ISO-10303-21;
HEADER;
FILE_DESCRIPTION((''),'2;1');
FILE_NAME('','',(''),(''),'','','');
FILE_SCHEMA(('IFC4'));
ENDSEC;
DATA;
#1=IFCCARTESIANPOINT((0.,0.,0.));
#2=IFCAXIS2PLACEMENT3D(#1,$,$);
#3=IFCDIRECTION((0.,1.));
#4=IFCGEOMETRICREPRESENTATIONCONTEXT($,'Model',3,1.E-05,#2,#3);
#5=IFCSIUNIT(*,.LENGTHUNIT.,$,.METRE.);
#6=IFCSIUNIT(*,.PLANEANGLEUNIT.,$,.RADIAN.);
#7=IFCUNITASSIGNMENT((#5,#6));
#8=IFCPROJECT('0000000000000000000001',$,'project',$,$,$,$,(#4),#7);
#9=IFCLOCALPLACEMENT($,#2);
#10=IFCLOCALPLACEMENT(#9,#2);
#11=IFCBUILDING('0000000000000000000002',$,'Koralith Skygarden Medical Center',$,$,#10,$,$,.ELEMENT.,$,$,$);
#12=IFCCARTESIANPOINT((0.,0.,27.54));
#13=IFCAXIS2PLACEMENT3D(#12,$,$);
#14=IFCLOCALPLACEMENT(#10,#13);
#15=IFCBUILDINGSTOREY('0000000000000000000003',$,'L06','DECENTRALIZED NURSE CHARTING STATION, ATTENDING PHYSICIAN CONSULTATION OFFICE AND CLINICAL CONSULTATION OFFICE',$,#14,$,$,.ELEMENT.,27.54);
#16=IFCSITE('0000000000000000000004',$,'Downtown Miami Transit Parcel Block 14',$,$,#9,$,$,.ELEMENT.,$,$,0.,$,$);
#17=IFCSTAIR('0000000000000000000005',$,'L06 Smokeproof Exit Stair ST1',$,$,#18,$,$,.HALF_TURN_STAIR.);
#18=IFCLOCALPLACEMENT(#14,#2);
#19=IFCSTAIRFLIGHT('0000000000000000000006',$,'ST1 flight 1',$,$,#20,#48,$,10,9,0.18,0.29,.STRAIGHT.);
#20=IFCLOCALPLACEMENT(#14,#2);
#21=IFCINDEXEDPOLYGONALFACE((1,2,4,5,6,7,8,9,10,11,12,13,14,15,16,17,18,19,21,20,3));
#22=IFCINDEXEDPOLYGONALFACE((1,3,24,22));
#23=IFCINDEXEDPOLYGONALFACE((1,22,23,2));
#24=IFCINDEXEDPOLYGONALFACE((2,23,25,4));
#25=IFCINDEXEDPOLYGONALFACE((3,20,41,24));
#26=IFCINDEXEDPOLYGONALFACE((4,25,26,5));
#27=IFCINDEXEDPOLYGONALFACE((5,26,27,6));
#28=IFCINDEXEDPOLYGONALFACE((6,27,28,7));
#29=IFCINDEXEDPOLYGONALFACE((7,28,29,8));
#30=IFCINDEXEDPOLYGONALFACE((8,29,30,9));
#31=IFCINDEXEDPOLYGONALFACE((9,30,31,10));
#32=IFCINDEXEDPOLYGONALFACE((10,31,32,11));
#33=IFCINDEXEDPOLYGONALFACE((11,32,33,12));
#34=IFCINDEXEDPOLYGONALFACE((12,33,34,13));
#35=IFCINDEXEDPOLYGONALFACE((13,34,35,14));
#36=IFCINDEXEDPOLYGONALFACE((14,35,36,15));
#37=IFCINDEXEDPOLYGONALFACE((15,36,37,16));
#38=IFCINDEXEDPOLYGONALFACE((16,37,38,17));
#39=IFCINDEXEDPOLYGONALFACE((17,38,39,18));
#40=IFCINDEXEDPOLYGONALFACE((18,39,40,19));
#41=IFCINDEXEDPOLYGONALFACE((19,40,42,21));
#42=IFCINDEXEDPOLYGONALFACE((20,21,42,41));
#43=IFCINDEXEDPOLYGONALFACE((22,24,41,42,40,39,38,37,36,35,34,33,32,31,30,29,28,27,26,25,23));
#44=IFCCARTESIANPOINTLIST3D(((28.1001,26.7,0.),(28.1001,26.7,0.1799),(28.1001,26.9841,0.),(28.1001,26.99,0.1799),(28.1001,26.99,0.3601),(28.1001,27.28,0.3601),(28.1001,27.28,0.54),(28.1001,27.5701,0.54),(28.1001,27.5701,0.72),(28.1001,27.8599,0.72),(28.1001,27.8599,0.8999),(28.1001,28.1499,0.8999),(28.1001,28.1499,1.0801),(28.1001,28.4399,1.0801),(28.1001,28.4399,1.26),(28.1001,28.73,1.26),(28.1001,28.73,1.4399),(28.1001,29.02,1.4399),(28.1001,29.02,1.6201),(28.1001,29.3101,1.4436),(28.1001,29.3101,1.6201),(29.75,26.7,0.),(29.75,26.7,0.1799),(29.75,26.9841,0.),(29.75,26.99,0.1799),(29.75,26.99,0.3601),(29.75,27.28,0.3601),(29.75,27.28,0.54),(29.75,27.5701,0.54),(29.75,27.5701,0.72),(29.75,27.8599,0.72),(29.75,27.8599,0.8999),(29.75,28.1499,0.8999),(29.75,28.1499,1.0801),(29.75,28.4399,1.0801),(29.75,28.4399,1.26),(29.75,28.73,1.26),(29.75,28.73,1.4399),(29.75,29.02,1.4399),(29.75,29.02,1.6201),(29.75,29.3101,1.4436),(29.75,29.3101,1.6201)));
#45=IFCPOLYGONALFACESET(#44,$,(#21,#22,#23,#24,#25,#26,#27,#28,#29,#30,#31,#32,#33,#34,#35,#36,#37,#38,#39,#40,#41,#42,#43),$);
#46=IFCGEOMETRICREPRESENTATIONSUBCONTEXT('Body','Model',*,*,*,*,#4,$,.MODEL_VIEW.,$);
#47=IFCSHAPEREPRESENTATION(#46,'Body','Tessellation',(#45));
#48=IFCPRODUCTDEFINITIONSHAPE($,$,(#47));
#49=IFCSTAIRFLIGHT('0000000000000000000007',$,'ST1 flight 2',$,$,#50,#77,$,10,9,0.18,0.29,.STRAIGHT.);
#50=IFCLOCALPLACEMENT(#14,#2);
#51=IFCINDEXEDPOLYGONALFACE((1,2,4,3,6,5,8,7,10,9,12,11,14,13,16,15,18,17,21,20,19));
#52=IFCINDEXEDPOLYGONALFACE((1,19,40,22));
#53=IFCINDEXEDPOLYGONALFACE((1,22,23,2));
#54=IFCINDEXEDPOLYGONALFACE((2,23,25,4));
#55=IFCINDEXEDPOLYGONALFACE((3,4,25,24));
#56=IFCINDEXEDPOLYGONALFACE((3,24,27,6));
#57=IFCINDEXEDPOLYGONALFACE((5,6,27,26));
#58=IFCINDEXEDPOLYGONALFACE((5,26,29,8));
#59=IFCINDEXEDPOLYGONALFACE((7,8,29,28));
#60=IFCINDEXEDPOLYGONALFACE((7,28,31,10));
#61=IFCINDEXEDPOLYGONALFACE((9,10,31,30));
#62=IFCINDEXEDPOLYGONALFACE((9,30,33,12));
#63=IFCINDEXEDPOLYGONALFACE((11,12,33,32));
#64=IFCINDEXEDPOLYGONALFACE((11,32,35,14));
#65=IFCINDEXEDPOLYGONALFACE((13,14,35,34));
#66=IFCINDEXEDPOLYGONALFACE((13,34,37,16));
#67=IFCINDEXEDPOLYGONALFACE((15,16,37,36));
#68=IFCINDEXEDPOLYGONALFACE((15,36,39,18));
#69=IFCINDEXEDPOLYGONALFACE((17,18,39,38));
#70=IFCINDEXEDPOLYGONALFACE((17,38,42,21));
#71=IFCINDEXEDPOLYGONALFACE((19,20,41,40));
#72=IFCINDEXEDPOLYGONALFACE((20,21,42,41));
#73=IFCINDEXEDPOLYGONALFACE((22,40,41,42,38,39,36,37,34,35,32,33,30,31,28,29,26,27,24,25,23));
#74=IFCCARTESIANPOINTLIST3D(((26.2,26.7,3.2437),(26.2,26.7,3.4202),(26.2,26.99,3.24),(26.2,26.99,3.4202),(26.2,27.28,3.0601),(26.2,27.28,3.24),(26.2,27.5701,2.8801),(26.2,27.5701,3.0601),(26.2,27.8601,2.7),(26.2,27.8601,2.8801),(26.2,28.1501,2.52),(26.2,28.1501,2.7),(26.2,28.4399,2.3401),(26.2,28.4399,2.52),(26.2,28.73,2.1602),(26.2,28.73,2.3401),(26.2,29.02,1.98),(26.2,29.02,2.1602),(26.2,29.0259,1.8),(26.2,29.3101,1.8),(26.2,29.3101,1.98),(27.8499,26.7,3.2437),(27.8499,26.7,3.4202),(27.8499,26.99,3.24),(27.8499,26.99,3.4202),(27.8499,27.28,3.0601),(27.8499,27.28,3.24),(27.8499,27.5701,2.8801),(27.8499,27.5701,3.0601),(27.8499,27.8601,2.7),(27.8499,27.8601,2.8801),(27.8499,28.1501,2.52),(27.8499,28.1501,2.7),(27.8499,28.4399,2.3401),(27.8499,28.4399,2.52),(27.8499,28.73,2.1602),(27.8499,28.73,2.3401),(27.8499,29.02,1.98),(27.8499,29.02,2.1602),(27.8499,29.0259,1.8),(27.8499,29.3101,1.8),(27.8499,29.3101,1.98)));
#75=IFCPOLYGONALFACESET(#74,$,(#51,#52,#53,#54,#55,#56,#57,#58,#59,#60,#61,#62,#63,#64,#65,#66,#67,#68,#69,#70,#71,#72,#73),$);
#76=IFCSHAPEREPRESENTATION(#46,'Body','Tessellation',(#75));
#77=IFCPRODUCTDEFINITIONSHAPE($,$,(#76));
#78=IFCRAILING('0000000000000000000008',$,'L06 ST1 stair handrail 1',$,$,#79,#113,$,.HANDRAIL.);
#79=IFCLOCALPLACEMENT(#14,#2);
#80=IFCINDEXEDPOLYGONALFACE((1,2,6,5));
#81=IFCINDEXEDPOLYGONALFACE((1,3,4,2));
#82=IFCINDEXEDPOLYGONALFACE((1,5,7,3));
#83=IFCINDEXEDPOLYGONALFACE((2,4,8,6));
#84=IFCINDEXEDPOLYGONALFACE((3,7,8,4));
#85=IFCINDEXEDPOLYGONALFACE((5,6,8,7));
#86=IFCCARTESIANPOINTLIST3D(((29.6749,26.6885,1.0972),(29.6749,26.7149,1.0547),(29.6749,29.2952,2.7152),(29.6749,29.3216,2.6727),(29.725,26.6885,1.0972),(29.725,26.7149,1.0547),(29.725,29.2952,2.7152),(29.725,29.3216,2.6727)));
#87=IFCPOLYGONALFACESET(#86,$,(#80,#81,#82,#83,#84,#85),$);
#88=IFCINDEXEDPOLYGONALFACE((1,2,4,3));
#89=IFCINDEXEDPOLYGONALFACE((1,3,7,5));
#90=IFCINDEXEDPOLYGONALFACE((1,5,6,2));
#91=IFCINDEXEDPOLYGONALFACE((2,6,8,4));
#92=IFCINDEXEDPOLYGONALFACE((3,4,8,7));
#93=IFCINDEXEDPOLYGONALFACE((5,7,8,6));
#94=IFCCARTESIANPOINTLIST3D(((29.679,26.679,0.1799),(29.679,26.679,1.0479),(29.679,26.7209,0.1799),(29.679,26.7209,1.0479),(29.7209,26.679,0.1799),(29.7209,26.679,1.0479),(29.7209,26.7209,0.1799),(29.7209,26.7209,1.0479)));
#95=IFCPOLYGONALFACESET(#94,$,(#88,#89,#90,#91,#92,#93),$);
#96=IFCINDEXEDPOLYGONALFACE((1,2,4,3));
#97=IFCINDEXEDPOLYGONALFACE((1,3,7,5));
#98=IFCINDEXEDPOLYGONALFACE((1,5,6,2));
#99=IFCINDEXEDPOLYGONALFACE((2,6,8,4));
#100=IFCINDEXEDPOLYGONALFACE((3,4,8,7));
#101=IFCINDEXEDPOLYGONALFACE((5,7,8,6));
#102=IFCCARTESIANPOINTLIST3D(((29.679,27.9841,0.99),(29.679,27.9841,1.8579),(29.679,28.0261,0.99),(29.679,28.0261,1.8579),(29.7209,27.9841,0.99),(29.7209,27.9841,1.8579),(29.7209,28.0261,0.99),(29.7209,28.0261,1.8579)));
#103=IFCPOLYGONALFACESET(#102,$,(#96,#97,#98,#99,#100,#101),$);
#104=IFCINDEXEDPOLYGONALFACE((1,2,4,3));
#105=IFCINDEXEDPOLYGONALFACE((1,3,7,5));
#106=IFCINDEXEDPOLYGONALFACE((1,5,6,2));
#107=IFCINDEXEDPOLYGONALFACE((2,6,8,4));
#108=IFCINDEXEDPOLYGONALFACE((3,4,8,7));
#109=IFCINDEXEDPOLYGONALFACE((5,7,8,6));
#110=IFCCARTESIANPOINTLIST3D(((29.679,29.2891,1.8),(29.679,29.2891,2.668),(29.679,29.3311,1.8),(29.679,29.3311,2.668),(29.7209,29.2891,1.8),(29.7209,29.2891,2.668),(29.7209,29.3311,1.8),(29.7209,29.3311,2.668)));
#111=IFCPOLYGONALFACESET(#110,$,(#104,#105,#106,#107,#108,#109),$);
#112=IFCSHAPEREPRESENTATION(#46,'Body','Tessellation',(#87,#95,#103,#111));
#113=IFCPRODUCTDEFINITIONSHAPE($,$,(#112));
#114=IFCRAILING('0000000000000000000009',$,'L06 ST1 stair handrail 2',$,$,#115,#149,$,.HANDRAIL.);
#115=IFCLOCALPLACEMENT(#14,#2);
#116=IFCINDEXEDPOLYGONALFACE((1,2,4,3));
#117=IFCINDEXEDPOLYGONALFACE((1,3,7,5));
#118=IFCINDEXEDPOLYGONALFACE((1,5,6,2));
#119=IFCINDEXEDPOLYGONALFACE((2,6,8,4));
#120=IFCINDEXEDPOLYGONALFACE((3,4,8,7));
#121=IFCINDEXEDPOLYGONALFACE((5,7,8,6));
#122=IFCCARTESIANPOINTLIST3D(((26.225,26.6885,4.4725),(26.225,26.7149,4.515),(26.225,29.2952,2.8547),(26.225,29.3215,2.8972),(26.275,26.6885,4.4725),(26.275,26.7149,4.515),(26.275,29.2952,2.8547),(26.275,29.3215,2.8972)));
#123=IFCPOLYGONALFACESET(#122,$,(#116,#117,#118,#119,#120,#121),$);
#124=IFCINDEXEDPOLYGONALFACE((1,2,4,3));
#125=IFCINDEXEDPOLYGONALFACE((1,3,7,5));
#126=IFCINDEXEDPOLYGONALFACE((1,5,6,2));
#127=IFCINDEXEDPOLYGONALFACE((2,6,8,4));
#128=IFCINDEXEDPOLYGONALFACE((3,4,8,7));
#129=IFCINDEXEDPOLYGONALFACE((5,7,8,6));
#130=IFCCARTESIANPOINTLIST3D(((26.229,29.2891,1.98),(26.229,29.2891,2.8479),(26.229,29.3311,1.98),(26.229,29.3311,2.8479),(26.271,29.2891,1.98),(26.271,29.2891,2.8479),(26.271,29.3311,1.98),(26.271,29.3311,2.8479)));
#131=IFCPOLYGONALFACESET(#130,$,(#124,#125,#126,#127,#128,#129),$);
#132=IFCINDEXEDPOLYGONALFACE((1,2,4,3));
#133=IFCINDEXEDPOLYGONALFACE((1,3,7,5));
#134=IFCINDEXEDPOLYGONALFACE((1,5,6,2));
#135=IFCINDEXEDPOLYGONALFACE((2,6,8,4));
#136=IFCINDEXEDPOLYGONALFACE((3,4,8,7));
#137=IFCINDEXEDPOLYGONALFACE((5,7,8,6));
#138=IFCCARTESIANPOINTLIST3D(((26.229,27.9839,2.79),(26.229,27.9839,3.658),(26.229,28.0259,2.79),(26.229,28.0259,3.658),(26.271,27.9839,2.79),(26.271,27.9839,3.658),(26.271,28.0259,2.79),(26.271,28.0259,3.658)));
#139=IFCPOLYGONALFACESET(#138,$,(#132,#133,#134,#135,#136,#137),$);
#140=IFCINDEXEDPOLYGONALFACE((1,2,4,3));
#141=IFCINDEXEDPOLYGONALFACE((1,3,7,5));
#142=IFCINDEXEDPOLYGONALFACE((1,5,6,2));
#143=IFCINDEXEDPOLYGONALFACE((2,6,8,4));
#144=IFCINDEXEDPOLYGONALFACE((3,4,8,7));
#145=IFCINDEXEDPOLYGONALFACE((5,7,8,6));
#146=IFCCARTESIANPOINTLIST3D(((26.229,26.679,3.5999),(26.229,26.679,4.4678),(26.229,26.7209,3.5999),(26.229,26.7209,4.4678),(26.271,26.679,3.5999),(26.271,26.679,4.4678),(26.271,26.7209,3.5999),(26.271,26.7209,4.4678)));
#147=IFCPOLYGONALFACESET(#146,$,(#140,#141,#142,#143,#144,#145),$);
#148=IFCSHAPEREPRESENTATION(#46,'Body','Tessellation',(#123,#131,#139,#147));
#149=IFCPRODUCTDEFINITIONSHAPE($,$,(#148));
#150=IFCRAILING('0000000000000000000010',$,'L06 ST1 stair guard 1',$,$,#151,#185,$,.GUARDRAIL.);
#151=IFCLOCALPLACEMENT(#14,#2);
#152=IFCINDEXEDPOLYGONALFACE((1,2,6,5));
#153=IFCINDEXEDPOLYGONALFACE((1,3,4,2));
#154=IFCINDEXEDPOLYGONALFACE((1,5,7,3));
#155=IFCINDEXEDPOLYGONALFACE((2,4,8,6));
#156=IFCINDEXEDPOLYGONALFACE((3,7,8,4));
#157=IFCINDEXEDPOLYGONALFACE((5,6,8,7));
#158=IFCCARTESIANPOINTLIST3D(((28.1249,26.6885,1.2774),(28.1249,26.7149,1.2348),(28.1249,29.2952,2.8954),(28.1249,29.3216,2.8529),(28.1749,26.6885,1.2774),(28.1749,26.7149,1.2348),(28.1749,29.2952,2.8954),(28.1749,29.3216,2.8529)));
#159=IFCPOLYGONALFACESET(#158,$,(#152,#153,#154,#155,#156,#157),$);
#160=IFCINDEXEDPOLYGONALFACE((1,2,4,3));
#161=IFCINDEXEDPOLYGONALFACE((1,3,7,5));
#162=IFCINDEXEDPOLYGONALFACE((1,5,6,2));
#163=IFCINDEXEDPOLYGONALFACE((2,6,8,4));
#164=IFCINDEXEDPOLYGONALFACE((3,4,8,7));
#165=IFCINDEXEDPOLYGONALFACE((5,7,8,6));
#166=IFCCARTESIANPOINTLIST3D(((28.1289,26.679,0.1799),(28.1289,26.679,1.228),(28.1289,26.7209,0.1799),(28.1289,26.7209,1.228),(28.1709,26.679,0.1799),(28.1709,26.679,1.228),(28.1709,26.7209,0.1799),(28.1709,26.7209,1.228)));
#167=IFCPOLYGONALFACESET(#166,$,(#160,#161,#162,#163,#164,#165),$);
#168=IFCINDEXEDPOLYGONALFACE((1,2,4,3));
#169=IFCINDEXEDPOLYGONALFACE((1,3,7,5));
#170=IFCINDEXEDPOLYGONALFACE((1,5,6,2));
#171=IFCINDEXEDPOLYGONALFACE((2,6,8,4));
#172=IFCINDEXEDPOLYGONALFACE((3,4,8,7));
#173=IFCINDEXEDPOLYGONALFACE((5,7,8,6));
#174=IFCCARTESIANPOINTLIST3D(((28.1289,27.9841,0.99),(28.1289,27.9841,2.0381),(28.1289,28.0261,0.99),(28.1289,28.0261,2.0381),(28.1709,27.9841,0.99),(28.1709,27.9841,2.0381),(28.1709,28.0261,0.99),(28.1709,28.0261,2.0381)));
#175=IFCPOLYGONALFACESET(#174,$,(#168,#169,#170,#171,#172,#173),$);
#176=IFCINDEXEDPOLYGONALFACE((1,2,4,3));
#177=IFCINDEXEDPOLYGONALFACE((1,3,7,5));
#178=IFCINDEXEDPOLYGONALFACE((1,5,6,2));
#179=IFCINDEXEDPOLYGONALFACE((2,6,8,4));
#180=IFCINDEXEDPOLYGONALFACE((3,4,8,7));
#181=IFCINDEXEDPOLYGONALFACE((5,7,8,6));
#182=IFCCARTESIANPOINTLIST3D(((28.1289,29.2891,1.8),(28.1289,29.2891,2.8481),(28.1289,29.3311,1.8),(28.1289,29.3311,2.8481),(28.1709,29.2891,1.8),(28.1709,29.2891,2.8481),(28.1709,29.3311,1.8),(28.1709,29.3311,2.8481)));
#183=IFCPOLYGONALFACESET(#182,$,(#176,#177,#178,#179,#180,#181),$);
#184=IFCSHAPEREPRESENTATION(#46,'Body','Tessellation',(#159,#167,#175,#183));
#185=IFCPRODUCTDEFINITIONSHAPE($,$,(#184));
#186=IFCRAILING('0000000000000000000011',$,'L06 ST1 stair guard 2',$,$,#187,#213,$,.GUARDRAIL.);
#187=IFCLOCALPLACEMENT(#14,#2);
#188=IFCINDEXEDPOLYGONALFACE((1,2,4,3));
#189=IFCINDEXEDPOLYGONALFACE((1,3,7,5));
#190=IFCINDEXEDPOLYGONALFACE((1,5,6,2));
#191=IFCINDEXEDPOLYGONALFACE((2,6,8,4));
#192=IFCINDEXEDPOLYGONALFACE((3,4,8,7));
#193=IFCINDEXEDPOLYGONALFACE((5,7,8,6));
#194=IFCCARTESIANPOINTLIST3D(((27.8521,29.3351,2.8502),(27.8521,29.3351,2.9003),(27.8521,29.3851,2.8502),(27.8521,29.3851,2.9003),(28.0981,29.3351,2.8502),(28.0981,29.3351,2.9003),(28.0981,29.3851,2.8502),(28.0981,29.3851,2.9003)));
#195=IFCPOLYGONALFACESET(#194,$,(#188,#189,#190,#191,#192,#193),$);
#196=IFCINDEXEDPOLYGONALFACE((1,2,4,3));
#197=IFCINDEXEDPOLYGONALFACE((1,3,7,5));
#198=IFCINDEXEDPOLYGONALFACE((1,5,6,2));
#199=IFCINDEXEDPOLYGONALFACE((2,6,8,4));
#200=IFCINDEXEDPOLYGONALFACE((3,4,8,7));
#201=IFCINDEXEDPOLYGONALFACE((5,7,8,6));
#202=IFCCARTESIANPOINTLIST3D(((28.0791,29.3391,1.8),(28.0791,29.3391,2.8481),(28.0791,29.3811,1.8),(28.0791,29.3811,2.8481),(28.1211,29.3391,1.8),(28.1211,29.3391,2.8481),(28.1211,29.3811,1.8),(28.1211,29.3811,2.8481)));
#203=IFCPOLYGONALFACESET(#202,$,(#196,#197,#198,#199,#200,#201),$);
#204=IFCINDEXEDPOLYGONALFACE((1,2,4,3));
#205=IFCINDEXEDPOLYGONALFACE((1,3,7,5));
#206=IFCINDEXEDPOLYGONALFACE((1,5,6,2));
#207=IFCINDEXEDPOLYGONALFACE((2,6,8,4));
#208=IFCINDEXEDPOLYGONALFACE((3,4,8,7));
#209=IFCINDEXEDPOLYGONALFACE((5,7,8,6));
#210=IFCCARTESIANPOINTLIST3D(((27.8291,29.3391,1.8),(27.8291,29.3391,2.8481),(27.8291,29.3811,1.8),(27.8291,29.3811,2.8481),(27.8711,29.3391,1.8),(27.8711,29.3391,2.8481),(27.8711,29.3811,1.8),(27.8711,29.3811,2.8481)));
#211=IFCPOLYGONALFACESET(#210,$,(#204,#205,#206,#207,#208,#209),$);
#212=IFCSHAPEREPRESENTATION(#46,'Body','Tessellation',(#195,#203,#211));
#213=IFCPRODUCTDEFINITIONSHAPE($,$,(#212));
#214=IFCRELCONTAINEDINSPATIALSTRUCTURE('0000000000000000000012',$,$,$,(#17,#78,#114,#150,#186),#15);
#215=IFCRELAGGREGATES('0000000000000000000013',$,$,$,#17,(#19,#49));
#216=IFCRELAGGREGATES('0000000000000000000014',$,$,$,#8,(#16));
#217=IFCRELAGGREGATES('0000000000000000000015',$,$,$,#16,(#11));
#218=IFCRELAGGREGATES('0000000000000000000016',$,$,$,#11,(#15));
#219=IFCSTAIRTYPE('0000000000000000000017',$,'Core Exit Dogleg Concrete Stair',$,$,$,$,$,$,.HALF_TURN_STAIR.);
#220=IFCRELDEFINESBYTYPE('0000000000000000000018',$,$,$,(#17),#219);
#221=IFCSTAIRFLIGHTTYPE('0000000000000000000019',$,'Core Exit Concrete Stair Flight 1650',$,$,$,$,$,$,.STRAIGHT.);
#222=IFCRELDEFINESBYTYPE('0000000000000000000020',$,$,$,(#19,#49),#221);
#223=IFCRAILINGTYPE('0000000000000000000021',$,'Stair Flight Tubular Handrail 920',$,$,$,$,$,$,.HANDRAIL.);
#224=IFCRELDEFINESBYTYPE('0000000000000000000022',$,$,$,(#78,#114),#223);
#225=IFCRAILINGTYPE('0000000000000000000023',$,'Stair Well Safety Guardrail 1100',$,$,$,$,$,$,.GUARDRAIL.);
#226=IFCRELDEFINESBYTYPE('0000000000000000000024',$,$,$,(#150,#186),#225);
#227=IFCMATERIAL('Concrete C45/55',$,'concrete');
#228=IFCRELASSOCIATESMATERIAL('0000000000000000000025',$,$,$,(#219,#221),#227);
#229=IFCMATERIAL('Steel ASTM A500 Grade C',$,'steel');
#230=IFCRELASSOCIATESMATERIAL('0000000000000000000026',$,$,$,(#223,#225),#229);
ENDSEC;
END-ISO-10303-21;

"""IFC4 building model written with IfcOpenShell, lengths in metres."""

from ifc_helpers import new_model, si_unit, direction, frame, origin, origin_2d, place, context, subcontext, project, spatial, polyline, rectangle, outline, extrude, material, type_object, element, aggregate, save


model = new_model("IFC4")

# Units and contexts
model_context = context("Model", 3, precision=1e-05, world=origin(), true_north=direction((0.0, 1.0)))
body_context = subcontext(model_context, "Body", "Model", "MODEL_VIEW")
ifc_project = project(units=[si_unit("LENGTHUNIT", "METRE"), si_unit("PLANEANGLEUNIT", "RADIAN")], contexts=[model_context])

# Site, building, storey
site_placement = place(None, origin())
site = spatial("IfcSite", under=ifc_project, at=site_placement, Name="Downtown Miami Transit Parcel Block 14", CompositionType="ELEMENT", RefElevation=0.0)
building_placement = place(site_placement, origin())
building = spatial("IfcBuilding", under=site, at=building_placement, Name="Koralith Skygarden Medical Center", CompositionType="ELEMENT")
storey_placement = place(building_placement, frame((0.0, 0.0, 27.54)))
storey = spatial("IfcBuildingStorey", under=building, at=storey_placement, Name="L06", Description="DECENTRALIZED NURSE CHARTING STATION, ATTENDING PHYSICIAN CONSULTATION OFFICE AND CLINICAL CONSULTATION OFFICE", CompositionType="ELEMENT", Elevation=27.54)

# Shared definitions
ifc_material_1 = material(Name="Concrete C45/55", Category="concrete")

# Shared definitions
ifc_material_2 = material(Name="Steel ASTM A500 Grade C", Category="steel")

# Stair, stair flights
stair_type = type_object("IfcStairType", Name="Core Exit Dogleg Concrete Stair", PredefinedType="HALF_TURN_STAIR", material=ifc_material_1)
stair_placement = place(storey_placement, origin())
stair = element("IfcStair", 1, at=stair_placement, inside=storey, type_object=stair_type, Name="L06 Smokeproof Exit Stair ST1", PredefinedType="HALF_TURN_STAIR")
stair_flight_type = type_object("IfcStairFlightType", Name="Core Exit Concrete Stair Flight 1650", PredefinedType="STRAIGHT", material=ifc_material_1)
stair_flight_1_placement = place(storey_placement, frame((28.925, 26.7, 0.0), z_axis=(0.0, 0.0, 1.0), x_axis=(0.0, 1.0, 0.0)))
stair_flight_1 = element("IfcStairFlight", 2, at=stair_flight_1_placement, type_object=stair_flight_type, Name="ST1 flight 1", NumberOfRisers=10, NumberOfTreads=9, PredefinedType="STRAIGHT", RiserHeight=0.18, TreadLength=0.29, context=body_context, shape_type="SweptSolid", body=[
    extrude(outline(polyline([(0.0, 0.0), (0.0, 0.1799), (0.29, 0.1799), (0.29, 0.3601), (0.5801, 0.3601), (0.5801, 0.54), (0.8701, 0.54), (0.8701, 0.72), (1.1599, 0.72), (1.1599, 0.8999), (1.45, 0.8999), (1.45, 1.0801), (1.74, 1.0801), (1.74, 1.26), (2.03, 1.26), (2.03, 1.4399), (2.3201, 1.4399), (2.3201, 1.6201), (2.6101, 1.6201), (2.6101, 1.8), (2.6101, 1.4436), (0.2842, 0.0), (0.0, 0.0)])), frame((0.0, 0.825, 0.0), z_axis=(0.0, -1.0, 0.0), x_axis=(1.0, 0.0, 0.0)), (0.0, 0.0, 1.0), 1.6499),
])
stair_flight_2_placement = place(storey_placement, frame((27.0249, 29.3101, 1.8), z_axis=(0.0, 0.0, 1.0), x_axis=(0.0, -1.0, 0.0)))
stair_flight_2 = element("IfcStairFlight", 3, at=stair_flight_2_placement, type_object=stair_flight_type, Name="ST1 flight 2", NumberOfRisers=10, NumberOfTreads=9, PredefinedType="STRAIGHT", RiserHeight=0.18, TreadLength=0.29, context=body_context, shape_type="SweptSolid", body=[
    extrude(outline(polyline([(0.0, 0.0), (0.0, 0.1799), (0.29, 0.1799), (0.29, 0.3601), (0.5801, 0.3601), (0.5801, 0.54), (0.8701, 0.54), (0.8701, 0.72), (1.1599, 0.72), (1.1599, 0.8999), (1.45, 0.8999), (1.45, 1.0801), (1.74, 1.0801), (1.74, 1.26), (2.03, 1.26), (2.03, 1.4399), (2.3201, 1.4399), (2.3201, 1.6201), (2.6101, 1.6201), (2.6101, 1.8), (2.6101, 1.4436), (0.2842, 0.0), (0.0, 0.0)])), frame((0.0, 0.825, 0.0), z_axis=(0.0, -1.0, 0.0), x_axis=(1.0, 0.0, 0.0)), (0.0, 0.0, 1.0), 1.6499),
])
aggregate(stair, [stair_flight_1, stair_flight_2])

# Railings
railing_type_1 = type_object("IfcRailingType", Name="Stair Flight Tubular Handrail 920", PredefinedType="HANDRAIL", material=ifc_material_2)
railing_1_placement = place(storey_placement, frame((29.7, 26.7, 0.1799)))
element("IfcRailing", 4, at=railing_1_placement, inside=storey, type_object=railing_type_1, Name="L06 ST1 stair handrail 1", PredefinedType="HANDRAIL", context=body_context, shape_type="SweptSolid", body=[
    extrude(rectangle(XDim=0.05, YDim=0.05, at=origin_2d()), frame((0.0, 0.0017, 0.896), z_axis=(0.0, 0.849633, 0.527375), x_axis=(-1.0, 0.0, 0.0)), (0.0, 0.0, 1.0), 3.0681),
    extrude(rectangle(XDim=0.042, YDim=0.042, at=origin_2d()), origin(), (0.0, 0.0, 1.0), 0.8679),
    extrude(rectangle(XDim=0.042, YDim=0.042, at=origin_2d()), frame((0.0, 1.3052, 0.8101)), (0.0, 0.0, 1.0), 0.8679),
    extrude(rectangle(XDim=0.042, YDim=0.042, at=origin_2d()), frame((0.0, 2.6101, 1.6201)), (0.0, 0.0, 1.0), 0.8679),
])
railing_2_placement = place(storey_placement, frame((26.25, 29.3101, 1.98)))
element("IfcRailing", 5, at=railing_2_placement, inside=storey, type_object=railing_type_1, Name="L06 ST1 stair handrail 2", PredefinedType="HANDRAIL", context=body_context, shape_type="SweptSolid", body=[
    extrude(rectangle(XDim=0.05, YDim=0.05, at=origin_2d()), frame((0.0, -0.0017, 0.896), z_axis=(0.0, -0.849668, 0.527317), x_axis=(1.0, 0.0, 0.0)), (0.0, 0.0, 1.0), 3.0679),
    extrude(rectangle(XDim=0.042, YDim=0.042, at=origin_2d()), origin(), (0.0, 0.0, 1.0), 0.8679),
    extrude(rectangle(XDim=0.042, YDim=0.042, at=origin_2d()), frame((0.0, -1.3052, 0.8101)), (0.0, 0.0, 1.0), 0.8679),
    extrude(rectangle(XDim=0.042, YDim=0.042, at=origin_2d()), frame((0.0, -2.6101, 1.6199)), (0.0, 0.0, 1.0), 0.8679),
])
railing_type_2 = type_object("IfcRailingType", Name="Stair Well Safety Guardrail 1100", PredefinedType="GUARDRAIL", material=ifc_material_2)
railing_3_placement = place(storey_placement, frame((28.1499, 26.7, 0.1799)))
element("IfcRailing", 6, at=railing_3_placement, inside=storey, type_object=railing_type_2, Name="L06 ST1 stair guard 1", PredefinedType="GUARDRAIL", context=body_context, shape_type="SweptSolid", body=[
    extrude(rectangle(XDim=0.05, YDim=0.05, at=origin_2d()), frame((0.0, 0.0017, 1.0762), z_axis=(0.0, 0.849633, 0.527375), x_axis=(-1.0, 0.0, 0.0)), (0.0, 0.0, 1.0), 3.0681),
    extrude(rectangle(XDim=0.042, YDim=0.042, at=origin_2d()), origin(), (0.0, 0.0, 1.0), 1.0481),
    extrude(rectangle(XDim=0.042, YDim=0.042, at=origin_2d()), frame((0.0, 1.3052, 0.8101)), (0.0, 0.0, 1.0), 1.0481),
    extrude(rectangle(XDim=0.042, YDim=0.042, at=origin_2d()), frame((0.0, 2.6101, 1.6201)), (0.0, 0.0, 1.0), 1.0481),
])
railing_4_placement = place(storey_placement, frame((28.1001, 29.3601, 1.8)))
element("IfcRailing", 7, at=railing_4_placement, inside=storey, type_object=railing_type_2, Name="L06 ST1 stair guard 2", PredefinedType="GUARDRAIL", context=body_context, shape_type="SweptSolid", body=[
    extrude(rectangle(XDim=0.05, YDim=0.05, at=origin_2d()), frame((-0.002, 0.0, 1.0752), z_axis=(-1.0, 0.0, 0.0), x_axis=(0.0, -1.0, 0.0)), (0.0, 0.0, 1.0), 0.2461),
    extrude(rectangle(XDim=0.042, YDim=0.042, at=origin_2d()), origin(), (0.0, 0.0, 1.0), 1.0481),
    extrude(rectangle(XDim=0.042, YDim=0.042, at=origin_2d()), frame((-0.25, 0.0, 0.0)), (0.0, 0.0, 1.0), 1.0481),
])

save(model, "model.ifc")
